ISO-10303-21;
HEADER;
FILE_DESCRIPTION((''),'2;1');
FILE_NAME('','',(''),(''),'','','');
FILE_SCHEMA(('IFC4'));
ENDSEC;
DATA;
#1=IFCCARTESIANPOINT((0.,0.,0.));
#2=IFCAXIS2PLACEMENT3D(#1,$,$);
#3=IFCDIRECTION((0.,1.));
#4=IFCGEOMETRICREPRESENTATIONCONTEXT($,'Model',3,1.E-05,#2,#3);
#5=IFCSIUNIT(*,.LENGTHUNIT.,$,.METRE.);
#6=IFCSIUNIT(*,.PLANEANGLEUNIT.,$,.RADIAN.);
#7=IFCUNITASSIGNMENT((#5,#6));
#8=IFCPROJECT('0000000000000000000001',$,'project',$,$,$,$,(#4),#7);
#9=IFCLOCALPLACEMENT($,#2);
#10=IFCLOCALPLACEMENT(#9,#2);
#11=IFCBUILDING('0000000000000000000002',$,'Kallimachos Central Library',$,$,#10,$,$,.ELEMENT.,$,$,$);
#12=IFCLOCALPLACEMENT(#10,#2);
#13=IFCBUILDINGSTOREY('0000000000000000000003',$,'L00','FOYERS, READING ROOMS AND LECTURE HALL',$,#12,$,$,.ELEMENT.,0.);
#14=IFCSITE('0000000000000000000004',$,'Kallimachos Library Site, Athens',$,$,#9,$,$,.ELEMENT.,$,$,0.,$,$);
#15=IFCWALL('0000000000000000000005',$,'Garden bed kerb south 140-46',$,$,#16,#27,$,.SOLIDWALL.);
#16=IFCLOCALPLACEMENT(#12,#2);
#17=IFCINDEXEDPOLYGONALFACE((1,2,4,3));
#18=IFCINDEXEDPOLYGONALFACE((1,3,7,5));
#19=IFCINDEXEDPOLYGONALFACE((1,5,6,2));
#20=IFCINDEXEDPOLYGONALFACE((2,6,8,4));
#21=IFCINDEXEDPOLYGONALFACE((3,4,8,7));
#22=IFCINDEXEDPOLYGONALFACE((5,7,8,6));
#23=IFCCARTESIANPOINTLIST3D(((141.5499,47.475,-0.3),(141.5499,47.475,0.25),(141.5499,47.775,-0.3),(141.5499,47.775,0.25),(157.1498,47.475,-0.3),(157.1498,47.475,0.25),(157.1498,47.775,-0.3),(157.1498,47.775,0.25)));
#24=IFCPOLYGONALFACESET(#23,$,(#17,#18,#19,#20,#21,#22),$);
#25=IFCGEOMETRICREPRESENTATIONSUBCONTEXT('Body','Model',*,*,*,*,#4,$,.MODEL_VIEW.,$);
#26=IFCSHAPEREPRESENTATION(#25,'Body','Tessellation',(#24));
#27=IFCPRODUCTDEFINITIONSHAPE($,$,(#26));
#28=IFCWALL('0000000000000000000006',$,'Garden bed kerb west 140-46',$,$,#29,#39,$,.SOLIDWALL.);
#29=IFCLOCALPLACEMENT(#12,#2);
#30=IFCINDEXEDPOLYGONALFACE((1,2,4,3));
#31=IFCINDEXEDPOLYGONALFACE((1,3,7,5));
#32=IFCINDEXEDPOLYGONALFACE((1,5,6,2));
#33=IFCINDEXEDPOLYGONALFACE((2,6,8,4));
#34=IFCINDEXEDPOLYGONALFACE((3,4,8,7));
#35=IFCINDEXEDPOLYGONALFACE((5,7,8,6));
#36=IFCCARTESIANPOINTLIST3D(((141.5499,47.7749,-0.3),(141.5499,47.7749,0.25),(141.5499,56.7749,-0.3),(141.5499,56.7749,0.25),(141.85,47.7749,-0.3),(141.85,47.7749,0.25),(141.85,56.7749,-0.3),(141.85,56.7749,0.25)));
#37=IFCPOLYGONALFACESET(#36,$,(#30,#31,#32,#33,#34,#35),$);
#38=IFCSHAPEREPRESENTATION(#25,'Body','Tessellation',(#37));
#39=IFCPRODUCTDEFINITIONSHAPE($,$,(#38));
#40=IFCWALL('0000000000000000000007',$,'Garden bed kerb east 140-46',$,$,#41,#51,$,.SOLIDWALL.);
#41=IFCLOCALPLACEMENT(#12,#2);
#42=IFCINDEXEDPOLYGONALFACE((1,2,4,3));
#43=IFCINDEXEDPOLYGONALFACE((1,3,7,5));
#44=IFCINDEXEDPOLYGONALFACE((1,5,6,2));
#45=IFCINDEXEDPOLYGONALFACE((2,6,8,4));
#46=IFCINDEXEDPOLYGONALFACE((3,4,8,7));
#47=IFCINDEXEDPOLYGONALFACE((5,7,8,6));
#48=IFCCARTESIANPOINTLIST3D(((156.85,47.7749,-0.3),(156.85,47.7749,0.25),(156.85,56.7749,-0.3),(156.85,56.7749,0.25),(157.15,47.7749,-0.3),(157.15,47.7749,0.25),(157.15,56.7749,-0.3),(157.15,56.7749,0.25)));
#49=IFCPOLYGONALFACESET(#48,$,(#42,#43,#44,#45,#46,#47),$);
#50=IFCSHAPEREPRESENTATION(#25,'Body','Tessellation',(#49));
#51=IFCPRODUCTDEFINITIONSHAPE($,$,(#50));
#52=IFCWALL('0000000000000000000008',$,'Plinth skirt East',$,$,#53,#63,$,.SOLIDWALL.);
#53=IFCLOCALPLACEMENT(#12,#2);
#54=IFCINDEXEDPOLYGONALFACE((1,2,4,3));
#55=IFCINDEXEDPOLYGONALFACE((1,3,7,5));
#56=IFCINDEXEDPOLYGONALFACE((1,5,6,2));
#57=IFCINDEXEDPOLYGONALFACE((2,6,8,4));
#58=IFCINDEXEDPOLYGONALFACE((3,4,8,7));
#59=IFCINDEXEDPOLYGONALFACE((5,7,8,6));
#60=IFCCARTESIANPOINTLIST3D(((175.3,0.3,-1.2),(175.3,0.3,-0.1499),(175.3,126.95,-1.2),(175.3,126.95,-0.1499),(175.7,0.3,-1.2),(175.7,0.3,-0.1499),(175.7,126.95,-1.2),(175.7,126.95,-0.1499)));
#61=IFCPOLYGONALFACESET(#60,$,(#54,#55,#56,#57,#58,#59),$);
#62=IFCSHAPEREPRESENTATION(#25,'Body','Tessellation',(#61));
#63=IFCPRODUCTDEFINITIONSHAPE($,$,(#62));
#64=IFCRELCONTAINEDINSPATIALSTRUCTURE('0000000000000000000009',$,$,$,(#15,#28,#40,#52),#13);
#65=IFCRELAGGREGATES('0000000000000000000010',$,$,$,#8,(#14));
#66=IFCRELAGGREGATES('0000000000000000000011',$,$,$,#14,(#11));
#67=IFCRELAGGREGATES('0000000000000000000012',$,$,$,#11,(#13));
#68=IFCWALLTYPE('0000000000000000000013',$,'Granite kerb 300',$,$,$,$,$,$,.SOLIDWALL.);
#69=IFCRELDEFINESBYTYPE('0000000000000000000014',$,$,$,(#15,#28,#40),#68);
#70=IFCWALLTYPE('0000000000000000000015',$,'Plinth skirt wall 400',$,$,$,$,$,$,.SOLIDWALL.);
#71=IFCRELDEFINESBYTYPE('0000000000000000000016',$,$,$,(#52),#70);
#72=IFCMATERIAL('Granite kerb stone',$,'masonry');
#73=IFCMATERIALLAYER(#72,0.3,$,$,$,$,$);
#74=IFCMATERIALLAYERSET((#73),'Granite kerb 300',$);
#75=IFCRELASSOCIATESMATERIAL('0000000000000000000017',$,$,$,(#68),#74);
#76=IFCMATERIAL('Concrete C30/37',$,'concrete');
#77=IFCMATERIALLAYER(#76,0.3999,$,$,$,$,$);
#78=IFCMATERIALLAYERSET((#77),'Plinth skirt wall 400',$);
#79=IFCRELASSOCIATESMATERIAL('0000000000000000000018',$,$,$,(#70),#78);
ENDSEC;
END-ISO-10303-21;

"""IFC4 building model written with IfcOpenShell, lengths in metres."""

from ifc_helpers import new_model, si_unit, direction, frame, frame_2d, origin, place, context, subcontext, project, spatial, rectangle, extrude, material, layer, layer_set, type_object, element, save


model = new_model("IFC4")

# Units and contexts
model_context = context("Model", 3, precision=1e-05, world=origin(), true_north=direction((0.0, 1.0)))
body_context = subcontext(model_context, "Body", "Model", "MODEL_VIEW")
ifc_project = project(units=[si_unit("LENGTHUNIT", "METRE"), si_unit("PLANEANGLEUNIT", "RADIAN")], contexts=[model_context])

# Site, building, storey
site_placement = place(None, origin())
site = spatial("IfcSite", under=ifc_project, at=site_placement, Name="Kallimachos Library Site, Athens", CompositionType="ELEMENT", RefElevation=0.0)
building_placement = place(site_placement, origin())
building = spatial("IfcBuilding", under=site, at=building_placement, Name="Kallimachos Central Library", CompositionType="ELEMENT")
storey_placement = place(building_placement, origin())
storey = spatial("IfcBuildingStorey", under=building, at=storey_placement, Name="L00", Description="FOYERS, READING ROOMS AND LECTURE HALL", CompositionType="ELEMENT", Elevation=0.0)

# Walls
ifc_material_1 = material(Name="Granite kerb stone", Category="masonry")
ifc_layer_1 = layer(ifc_material_1, 0.3)
ifc_layer_set_1 = layer_set([ifc_layer_1], Name="Granite kerb 300")
wall_type_1 = type_object("IfcWallType", Name="Granite kerb 300", PredefinedType="SOLIDWALL", material=ifc_layer_set_1)
wall_1_placement = place(storey_placement, frame((141.55, 47.625, -0.3), z_axis=(0.0, 0.0, 1.0), x_axis=(1.0, 0.0, 0.0)))
element("IfcWall", 1, at=wall_1_placement, inside=storey, type_object=wall_type_1, Name="Garden bed kerb south 140-46", PredefinedType="SOLIDWALL", context=body_context, shape_type="SweptSolid", body=[
    extrude(rectangle(XDim=15.5999, YDim=0.3, at=frame_2d((7.7998, 0.0))), origin(), (0.0, 0.0, 1.0), 0.55),
])
for number, where, z_axis, x_axis, name in (
    (2, (141.7, 47.7749, -0.3), (0.0, 0.0, 1.0), (0.0, 1.0, 0.0), "Garden bed kerb west 140-46"),
    (3, (157.0, 47.7749, -0.3), (0.0, 0.0, 1.0), (0.0, 1.0, 0.0), "Garden bed kerb east 140-46"),
):
    element("IfcWall", number, at=place(storey_placement, frame(where, z_axis=z_axis, x_axis=x_axis)), inside=storey, type_object=wall_type_1, Name=name, PredefinedType="SOLIDWALL", context=body_context, shape_type="SweptSolid", body=[
        extrude(rectangle(XDim=9.0, YDim=0.3, at=frame_2d((4.5, 0.0))), origin(), (0.0, 0.0, 1.0), 0.55),
    ])
ifc_material_2 = material(Name="Concrete C30/37", Category="concrete")
ifc_layer_2 = layer(ifc_material_2, 0.3999)
ifc_layer_set_2 = layer_set([ifc_layer_2], Name="Plinth skirt wall 400")
wall_type_2 = type_object("IfcWallType", Name="Plinth skirt wall 400", PredefinedType="SOLIDWALL", material=ifc_layer_set_2)
wall_2_placement = place(storey_placement, frame((175.5, 0.3, -1.2), z_axis=(0.0, 0.0, 1.0), x_axis=(0.0, 1.0, 0.0)))
element("IfcWall", 4, at=wall_2_placement, inside=storey, type_object=wall_type_2, Name="Plinth skirt East", PredefinedType="SOLIDWALL", context=body_context, shape_type="SweptSolid", body=[
    extrude(rectangle(XDim=126.6499, YDim=0.3999, at=frame_2d((63.325, 0.0))), origin(), (0.0, 0.0, 1.0), 1.05),
])

save(model, "model.ifc")
